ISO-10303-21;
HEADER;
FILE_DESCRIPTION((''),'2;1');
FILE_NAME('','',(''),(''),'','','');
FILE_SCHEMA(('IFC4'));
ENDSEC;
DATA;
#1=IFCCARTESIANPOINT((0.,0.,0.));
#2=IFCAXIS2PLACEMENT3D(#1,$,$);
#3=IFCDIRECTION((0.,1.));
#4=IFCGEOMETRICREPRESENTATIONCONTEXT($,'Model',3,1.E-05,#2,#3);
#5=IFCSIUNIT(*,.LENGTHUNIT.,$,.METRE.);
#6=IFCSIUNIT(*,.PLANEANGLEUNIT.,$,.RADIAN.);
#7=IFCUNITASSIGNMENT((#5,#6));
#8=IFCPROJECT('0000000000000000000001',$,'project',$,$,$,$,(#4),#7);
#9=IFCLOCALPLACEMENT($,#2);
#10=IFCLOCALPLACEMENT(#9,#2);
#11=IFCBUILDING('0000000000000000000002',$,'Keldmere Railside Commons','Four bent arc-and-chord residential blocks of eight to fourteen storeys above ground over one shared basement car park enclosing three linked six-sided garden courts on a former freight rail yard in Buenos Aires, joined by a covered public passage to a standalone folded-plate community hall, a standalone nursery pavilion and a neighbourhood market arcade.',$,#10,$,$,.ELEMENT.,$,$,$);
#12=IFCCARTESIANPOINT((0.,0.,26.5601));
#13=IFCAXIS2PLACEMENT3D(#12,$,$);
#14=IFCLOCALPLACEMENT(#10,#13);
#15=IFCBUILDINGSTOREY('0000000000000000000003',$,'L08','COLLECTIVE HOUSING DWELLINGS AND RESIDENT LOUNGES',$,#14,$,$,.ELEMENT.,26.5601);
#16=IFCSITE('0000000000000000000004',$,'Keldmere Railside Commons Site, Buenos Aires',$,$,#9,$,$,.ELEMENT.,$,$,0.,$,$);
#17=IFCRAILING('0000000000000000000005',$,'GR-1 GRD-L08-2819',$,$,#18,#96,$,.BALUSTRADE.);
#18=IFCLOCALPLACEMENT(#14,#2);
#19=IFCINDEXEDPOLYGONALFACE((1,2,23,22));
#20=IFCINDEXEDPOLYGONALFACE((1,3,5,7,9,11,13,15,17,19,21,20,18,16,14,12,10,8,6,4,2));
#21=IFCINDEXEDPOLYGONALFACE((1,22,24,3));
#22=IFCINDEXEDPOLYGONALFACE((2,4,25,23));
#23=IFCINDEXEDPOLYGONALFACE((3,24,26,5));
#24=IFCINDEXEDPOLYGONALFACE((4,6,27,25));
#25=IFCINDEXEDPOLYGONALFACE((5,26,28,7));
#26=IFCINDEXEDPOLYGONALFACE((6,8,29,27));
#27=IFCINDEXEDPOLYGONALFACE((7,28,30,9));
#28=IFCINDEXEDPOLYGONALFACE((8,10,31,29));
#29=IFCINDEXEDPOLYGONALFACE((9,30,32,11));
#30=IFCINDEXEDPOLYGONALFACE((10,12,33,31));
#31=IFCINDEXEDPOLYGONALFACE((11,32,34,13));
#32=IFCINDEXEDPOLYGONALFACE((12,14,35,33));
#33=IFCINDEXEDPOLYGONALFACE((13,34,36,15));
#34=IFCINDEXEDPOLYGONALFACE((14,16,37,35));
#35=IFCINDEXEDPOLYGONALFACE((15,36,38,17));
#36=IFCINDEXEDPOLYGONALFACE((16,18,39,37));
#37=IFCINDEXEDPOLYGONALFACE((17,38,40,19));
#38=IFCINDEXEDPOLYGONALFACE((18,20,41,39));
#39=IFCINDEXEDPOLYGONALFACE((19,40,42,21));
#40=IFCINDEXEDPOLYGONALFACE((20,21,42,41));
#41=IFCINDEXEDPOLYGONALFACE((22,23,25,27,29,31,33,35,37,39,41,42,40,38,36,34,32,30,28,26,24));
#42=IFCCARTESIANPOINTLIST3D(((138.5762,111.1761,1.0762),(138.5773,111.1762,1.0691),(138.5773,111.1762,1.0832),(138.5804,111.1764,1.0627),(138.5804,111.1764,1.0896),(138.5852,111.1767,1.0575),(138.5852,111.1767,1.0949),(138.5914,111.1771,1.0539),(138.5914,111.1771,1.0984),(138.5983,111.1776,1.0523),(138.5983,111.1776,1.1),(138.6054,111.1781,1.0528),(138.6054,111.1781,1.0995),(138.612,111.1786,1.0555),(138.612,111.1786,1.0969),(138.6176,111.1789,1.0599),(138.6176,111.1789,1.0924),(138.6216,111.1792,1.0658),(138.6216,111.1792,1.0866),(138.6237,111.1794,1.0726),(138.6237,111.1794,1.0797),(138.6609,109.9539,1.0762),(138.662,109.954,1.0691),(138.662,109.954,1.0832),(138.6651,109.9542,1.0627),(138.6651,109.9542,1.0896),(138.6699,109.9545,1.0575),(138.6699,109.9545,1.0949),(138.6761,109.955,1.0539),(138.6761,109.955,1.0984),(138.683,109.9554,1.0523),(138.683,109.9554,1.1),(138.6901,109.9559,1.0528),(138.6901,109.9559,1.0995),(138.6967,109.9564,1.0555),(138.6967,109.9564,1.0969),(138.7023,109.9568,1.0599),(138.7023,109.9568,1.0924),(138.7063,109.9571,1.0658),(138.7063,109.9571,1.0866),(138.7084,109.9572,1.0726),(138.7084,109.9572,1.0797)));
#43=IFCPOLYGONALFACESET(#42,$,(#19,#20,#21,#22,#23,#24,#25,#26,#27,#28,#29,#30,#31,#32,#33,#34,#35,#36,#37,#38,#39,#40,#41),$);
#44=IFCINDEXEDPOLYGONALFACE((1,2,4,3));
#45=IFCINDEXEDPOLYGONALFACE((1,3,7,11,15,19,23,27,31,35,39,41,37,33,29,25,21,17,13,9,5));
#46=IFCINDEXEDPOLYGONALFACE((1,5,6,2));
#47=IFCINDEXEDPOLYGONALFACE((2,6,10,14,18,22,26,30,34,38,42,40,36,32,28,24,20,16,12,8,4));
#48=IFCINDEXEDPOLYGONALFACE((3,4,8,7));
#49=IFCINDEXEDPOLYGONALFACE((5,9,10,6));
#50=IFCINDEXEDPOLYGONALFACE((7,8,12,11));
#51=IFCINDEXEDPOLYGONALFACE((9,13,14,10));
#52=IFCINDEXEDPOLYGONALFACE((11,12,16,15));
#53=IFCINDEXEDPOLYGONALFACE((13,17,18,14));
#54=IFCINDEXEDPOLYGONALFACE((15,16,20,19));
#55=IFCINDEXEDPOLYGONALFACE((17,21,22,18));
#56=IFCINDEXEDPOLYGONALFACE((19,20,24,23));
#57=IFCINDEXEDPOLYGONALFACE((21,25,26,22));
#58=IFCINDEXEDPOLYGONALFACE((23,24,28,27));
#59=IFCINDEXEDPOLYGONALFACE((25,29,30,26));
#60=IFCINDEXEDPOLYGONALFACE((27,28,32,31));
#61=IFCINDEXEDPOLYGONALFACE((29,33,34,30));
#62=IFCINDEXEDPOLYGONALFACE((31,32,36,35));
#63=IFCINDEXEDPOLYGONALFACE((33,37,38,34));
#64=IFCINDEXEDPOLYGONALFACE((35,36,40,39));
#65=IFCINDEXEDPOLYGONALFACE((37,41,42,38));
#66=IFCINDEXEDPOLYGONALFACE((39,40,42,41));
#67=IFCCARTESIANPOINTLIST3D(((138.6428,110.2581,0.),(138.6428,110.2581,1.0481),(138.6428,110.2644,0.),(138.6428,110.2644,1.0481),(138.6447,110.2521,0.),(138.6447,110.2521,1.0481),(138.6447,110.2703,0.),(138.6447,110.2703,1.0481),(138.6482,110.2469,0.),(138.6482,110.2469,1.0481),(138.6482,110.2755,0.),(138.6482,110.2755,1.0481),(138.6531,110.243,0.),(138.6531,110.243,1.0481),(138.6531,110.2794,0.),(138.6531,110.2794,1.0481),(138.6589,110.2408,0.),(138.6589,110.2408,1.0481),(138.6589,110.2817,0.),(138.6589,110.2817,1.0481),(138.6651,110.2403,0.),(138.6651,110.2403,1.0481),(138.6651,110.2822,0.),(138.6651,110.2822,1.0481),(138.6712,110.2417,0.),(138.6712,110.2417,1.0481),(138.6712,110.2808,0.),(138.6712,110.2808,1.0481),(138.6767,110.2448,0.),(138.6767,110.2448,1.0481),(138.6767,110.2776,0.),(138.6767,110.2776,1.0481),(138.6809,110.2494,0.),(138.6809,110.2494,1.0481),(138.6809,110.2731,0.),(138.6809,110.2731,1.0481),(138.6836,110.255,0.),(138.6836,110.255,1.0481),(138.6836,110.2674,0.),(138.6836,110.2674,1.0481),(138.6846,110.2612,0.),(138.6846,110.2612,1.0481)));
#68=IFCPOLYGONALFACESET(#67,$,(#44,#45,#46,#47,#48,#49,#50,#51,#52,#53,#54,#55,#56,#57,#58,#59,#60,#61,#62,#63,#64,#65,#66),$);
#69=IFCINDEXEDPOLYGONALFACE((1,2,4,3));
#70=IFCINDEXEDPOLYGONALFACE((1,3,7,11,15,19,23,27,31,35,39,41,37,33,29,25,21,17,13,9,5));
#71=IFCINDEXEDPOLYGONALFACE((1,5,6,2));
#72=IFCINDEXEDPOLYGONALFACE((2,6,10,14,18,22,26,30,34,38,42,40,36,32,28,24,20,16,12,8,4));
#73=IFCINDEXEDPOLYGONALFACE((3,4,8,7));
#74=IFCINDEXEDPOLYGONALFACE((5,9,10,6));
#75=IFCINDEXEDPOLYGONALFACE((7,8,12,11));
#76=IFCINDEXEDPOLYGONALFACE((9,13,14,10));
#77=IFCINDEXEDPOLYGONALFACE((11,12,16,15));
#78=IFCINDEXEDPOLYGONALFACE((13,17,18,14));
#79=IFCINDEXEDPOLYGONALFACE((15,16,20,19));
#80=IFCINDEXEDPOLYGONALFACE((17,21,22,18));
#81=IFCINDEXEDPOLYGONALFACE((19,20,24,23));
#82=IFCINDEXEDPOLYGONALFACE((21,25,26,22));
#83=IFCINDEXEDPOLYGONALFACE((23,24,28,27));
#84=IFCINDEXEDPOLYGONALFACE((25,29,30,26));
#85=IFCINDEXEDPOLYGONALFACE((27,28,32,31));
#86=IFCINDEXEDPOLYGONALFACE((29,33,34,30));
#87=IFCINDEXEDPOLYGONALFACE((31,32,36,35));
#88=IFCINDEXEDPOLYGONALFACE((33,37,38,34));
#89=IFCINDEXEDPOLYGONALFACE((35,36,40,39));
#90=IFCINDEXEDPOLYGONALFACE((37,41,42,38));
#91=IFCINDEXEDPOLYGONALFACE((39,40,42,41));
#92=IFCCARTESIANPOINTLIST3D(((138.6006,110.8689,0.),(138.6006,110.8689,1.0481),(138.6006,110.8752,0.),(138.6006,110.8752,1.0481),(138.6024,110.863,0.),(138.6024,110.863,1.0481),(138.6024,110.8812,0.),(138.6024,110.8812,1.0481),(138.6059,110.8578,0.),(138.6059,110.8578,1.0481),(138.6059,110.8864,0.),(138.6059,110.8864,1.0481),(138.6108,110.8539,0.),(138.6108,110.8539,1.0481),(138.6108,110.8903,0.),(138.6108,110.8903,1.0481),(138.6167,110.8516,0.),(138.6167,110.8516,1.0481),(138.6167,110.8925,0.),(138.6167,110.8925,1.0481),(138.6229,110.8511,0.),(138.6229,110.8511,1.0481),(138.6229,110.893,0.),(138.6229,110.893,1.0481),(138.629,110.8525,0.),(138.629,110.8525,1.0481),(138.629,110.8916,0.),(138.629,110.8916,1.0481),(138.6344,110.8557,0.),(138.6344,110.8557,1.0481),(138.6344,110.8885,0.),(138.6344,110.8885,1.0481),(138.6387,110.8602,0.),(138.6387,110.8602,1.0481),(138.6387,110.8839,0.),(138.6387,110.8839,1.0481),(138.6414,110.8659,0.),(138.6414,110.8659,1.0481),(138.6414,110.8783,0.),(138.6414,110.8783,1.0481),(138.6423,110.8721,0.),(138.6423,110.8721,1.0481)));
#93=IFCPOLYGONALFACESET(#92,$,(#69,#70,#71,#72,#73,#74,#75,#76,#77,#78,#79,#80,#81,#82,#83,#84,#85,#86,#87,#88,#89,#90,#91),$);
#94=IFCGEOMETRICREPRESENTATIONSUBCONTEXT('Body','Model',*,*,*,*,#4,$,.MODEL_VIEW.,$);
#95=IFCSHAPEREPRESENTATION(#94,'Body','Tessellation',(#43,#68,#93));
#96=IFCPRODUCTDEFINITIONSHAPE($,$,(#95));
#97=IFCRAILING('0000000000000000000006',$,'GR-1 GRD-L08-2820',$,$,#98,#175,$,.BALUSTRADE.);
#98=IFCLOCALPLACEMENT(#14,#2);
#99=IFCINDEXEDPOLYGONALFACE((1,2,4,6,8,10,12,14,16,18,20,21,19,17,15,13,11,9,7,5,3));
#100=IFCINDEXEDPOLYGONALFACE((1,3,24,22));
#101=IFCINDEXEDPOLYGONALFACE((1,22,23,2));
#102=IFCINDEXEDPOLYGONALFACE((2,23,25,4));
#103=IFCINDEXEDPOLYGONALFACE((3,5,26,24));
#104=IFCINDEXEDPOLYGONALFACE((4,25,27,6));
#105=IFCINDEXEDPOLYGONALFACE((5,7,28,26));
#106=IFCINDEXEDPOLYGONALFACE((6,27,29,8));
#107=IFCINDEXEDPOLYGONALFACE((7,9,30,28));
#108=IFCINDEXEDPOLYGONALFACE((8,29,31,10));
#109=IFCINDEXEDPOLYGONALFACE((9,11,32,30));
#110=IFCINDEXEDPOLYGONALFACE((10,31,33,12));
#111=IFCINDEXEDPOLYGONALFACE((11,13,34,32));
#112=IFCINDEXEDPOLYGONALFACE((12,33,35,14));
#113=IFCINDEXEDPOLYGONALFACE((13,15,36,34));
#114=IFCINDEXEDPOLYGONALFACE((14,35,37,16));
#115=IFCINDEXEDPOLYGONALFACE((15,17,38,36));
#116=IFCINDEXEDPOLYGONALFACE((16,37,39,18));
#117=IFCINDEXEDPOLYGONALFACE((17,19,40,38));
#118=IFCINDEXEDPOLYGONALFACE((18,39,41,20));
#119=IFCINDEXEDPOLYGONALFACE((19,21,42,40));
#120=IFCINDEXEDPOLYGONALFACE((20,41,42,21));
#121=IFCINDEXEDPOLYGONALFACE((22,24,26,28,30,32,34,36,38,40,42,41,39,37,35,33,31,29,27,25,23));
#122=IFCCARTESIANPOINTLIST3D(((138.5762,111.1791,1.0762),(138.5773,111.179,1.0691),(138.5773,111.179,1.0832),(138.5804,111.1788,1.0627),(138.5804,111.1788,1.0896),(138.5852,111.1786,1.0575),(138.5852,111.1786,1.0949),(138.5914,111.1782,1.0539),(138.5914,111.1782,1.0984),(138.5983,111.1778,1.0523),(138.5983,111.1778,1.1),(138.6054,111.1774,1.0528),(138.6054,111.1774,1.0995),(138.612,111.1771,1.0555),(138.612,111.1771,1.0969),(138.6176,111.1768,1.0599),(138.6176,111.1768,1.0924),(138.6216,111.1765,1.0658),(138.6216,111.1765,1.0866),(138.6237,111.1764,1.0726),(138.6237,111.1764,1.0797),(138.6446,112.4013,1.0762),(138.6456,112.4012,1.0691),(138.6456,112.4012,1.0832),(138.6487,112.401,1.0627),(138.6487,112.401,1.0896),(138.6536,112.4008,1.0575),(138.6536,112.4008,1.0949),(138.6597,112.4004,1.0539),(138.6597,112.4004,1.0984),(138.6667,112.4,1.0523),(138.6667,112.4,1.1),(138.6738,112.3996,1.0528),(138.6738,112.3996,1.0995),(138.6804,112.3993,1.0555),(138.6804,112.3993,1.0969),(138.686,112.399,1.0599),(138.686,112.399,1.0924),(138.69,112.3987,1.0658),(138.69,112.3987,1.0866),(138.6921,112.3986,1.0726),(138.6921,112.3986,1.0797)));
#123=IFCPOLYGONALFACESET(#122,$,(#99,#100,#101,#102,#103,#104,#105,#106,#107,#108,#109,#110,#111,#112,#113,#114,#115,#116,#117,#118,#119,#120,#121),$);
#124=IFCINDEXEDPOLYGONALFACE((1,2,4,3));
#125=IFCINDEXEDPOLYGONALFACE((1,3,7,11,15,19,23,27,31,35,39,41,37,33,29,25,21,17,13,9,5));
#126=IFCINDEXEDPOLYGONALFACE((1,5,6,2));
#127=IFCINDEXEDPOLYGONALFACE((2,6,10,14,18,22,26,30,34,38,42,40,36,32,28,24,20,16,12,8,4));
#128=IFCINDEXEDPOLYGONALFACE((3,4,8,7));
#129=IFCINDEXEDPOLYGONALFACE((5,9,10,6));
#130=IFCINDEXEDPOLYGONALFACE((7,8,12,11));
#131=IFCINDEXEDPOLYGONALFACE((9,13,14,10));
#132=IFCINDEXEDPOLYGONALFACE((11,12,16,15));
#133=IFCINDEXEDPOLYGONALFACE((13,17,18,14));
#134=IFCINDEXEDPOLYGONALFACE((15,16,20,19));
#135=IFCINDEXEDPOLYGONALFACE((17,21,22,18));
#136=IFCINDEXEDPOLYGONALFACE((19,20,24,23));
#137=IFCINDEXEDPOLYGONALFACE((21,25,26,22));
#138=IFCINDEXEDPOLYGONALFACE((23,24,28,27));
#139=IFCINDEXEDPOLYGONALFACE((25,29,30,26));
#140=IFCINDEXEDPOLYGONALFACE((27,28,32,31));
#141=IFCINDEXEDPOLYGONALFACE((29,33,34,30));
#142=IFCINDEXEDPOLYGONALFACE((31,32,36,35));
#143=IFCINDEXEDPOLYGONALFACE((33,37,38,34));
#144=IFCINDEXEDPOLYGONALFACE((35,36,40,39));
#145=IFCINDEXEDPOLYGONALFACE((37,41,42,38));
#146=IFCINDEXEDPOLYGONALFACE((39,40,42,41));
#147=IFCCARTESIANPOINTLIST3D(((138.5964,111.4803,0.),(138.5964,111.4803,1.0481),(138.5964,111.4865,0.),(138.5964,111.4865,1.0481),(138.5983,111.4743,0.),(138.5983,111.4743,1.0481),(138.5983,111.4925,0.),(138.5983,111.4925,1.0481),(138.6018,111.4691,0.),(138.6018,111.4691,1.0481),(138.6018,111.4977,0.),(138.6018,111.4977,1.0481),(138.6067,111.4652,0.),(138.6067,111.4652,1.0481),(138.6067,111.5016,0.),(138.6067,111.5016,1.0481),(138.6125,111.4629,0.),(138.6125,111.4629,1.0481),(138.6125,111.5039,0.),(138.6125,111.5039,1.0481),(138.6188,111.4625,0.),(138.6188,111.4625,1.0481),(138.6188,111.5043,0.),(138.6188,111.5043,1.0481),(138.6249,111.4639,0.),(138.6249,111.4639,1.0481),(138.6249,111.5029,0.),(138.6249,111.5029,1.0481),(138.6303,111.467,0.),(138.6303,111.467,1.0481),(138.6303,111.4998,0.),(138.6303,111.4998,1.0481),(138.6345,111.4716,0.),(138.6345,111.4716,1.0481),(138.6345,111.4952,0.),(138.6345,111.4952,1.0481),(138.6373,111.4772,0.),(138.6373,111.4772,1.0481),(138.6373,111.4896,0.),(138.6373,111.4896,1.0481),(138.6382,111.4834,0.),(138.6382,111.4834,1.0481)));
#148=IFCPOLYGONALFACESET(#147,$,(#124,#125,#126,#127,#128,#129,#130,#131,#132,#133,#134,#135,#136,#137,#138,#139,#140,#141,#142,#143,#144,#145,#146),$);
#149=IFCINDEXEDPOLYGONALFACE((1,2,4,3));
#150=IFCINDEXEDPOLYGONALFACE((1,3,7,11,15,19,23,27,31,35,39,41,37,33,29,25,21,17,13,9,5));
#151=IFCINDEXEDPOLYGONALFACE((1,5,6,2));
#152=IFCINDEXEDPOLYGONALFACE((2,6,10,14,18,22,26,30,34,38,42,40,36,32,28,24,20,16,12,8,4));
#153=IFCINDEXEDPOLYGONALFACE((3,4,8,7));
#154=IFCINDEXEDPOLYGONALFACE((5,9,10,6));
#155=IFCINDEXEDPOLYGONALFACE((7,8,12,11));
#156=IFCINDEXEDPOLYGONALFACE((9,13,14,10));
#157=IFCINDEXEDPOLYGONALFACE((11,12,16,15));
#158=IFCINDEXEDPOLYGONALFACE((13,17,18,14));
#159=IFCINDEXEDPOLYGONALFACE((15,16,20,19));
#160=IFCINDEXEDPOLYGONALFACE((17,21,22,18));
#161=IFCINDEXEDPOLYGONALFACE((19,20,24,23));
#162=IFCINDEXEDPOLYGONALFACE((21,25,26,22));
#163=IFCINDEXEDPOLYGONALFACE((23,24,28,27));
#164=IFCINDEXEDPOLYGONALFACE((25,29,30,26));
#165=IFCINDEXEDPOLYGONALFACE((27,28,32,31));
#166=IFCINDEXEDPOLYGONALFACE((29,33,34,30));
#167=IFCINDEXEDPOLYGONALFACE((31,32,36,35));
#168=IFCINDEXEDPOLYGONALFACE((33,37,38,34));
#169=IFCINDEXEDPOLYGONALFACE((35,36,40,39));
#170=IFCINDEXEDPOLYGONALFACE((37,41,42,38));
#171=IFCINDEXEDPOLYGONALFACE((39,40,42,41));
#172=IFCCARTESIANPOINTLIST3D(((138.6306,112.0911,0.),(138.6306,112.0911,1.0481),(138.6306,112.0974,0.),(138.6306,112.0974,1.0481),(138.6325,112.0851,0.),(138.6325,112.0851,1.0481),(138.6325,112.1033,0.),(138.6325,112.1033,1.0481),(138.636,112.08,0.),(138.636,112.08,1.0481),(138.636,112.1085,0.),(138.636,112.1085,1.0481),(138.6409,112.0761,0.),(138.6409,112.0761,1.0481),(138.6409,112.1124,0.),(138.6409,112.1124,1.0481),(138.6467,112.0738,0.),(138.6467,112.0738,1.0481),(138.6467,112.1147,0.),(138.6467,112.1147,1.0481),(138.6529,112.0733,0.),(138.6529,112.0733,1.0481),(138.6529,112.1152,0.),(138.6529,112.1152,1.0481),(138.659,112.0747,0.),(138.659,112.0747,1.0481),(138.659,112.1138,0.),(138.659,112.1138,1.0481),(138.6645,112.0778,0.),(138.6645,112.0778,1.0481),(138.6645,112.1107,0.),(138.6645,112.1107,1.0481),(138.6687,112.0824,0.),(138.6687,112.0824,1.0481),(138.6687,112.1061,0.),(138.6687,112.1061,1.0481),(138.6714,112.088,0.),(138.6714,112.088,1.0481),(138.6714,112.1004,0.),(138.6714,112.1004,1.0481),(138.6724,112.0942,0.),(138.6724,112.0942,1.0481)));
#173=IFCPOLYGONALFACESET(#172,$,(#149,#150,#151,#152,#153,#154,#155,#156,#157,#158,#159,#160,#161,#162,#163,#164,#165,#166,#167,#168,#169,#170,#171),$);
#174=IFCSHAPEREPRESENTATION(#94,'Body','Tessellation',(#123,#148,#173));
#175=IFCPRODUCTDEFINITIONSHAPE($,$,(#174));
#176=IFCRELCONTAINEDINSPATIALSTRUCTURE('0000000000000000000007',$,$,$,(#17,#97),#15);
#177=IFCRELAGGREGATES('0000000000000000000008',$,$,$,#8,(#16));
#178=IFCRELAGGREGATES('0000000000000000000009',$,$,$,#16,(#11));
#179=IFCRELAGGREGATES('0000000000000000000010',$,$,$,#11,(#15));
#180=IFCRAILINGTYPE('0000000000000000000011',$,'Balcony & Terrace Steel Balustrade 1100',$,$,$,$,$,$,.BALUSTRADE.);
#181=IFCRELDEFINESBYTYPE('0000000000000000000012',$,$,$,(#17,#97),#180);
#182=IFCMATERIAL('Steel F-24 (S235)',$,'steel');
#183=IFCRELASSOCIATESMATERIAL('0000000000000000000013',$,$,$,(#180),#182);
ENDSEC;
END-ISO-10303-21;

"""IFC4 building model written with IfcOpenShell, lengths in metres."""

from ifc_helpers import new_model, si_unit, direction, frame, origin, origin_2d, place, context, subcontext, project, spatial, circle, extrude, material, type_object, element, save


model = new_model("IFC4")

# Units and contexts
model_context = context("Model", 3, precision=1e-05, world=origin(), true_north=direction((0.0, 1.0)))
body_context = subcontext(model_context, "Body", "Model", "MODEL_VIEW")
ifc_project = project(units=[si_unit("LENGTHUNIT", "METRE"), si_unit("PLANEANGLEUNIT", "RADIAN")], contexts=[model_context])

# Site, building, storey
site_placement = place(None, origin())
site = spatial("IfcSite", under=ifc_project, at=site_placement, Name="Keldmere Railside Commons Site, Buenos Aires", CompositionType="ELEMENT", RefElevation=0.0)
building_placement = place(site_placement, origin())
building = spatial("IfcBuilding", under=site, at=building_placement, Name="Keldmere Railside Commons", Description="Four bent arc-and-chord residential blocks of eight to fourteen storeys above ground over one shared basement car park enclosing three linked six-sided garden courts on a former freight rail yard in Buenos Aires, joined by a covered public passage to a standalone folded-plate community hall, a standalone nursery pavilion and a neighbourhood market arcade.", CompositionType="ELEMENT")
storey_placement = place(building_placement, frame((0.0, 0.0, 26.5601)))
storey = spatial("IfcBuildingStorey", under=building, at=storey_placement, Name="L08", Description="COLLECTIVE HOUSING DWELLINGS AND RESIDENT LOUNGES", CompositionType="ELEMENT", Elevation=26.5601)

# Shared definitions
ifc_material_1 = material(Name="Steel F-24 (S235)", Category="steel")

# Railings
railing_type_1 = type_object("IfcRailingType", Name="Balcony & Terrace Steel Balustrade 1100", PredefinedType="BALUSTRADE", material=ifc_material_1)
railing_1_placement = place(storey_placement, frame((138.6848, 109.9556, 0.0)))
element("IfcRailing", 1, at=railing_1_placement, inside=storey, type_object=railing_type_1, Name="GR-1 GRD-L08-2819", PredefinedType="BALUSTRADE", context=body_context, shape_type="SweptSolid", body=[
    extrude(circle(Radius=0.0239, at=origin_2d()), frame((0.0, 0.0, 1.0762), z_axis=(-0.069151, 0.997606, 0.0), x_axis=(-0.997606, -0.069151, 0.0)), (0.0, 0.0, 1.0), 1.2251),
    extrude(circle(Radius=0.021, at=origin_2d()), frame((-0.0212, 0.3057, 0.0)), (0.0, 0.0, 1.0), 1.0481),
    extrude(circle(Radius=0.021, at=origin_2d()), frame((-0.0635, 0.9165, 0.0)), (0.0, 0.0, 1.0), 1.0481),
])
railing_2_placement = place(storey_placement, frame((138.6001, 111.1777, 0.0)))
element("IfcRailing", 2, at=railing_2_placement, inside=storey, type_object=railing_type_1, Name="GR-1 GRD-L08-2820", PredefinedType="BALUSTRADE", context=body_context, shape_type="SweptSolid", body=[
    extrude(circle(Radius=0.0239, at=origin_2d()), frame((0.0, 0.0, 1.0762), z_axis=(0.055846, 0.998439, 0.0), x_axis=(-0.998439, 0.055846, 0.0)), (0.0, 0.0, 1.0), 1.2241),
    extrude(circle(Radius=0.021, at=origin_2d()), frame((0.0171, 0.3057, 0.0)), (0.0, 0.0, 1.0), 1.0481),
    extrude(circle(Radius=0.021, at=origin_2d()), frame((0.0513, 0.9165, 0.0)), (0.0, 0.0, 1.0), 1.0481),
])

save(model, "model.ifc")
